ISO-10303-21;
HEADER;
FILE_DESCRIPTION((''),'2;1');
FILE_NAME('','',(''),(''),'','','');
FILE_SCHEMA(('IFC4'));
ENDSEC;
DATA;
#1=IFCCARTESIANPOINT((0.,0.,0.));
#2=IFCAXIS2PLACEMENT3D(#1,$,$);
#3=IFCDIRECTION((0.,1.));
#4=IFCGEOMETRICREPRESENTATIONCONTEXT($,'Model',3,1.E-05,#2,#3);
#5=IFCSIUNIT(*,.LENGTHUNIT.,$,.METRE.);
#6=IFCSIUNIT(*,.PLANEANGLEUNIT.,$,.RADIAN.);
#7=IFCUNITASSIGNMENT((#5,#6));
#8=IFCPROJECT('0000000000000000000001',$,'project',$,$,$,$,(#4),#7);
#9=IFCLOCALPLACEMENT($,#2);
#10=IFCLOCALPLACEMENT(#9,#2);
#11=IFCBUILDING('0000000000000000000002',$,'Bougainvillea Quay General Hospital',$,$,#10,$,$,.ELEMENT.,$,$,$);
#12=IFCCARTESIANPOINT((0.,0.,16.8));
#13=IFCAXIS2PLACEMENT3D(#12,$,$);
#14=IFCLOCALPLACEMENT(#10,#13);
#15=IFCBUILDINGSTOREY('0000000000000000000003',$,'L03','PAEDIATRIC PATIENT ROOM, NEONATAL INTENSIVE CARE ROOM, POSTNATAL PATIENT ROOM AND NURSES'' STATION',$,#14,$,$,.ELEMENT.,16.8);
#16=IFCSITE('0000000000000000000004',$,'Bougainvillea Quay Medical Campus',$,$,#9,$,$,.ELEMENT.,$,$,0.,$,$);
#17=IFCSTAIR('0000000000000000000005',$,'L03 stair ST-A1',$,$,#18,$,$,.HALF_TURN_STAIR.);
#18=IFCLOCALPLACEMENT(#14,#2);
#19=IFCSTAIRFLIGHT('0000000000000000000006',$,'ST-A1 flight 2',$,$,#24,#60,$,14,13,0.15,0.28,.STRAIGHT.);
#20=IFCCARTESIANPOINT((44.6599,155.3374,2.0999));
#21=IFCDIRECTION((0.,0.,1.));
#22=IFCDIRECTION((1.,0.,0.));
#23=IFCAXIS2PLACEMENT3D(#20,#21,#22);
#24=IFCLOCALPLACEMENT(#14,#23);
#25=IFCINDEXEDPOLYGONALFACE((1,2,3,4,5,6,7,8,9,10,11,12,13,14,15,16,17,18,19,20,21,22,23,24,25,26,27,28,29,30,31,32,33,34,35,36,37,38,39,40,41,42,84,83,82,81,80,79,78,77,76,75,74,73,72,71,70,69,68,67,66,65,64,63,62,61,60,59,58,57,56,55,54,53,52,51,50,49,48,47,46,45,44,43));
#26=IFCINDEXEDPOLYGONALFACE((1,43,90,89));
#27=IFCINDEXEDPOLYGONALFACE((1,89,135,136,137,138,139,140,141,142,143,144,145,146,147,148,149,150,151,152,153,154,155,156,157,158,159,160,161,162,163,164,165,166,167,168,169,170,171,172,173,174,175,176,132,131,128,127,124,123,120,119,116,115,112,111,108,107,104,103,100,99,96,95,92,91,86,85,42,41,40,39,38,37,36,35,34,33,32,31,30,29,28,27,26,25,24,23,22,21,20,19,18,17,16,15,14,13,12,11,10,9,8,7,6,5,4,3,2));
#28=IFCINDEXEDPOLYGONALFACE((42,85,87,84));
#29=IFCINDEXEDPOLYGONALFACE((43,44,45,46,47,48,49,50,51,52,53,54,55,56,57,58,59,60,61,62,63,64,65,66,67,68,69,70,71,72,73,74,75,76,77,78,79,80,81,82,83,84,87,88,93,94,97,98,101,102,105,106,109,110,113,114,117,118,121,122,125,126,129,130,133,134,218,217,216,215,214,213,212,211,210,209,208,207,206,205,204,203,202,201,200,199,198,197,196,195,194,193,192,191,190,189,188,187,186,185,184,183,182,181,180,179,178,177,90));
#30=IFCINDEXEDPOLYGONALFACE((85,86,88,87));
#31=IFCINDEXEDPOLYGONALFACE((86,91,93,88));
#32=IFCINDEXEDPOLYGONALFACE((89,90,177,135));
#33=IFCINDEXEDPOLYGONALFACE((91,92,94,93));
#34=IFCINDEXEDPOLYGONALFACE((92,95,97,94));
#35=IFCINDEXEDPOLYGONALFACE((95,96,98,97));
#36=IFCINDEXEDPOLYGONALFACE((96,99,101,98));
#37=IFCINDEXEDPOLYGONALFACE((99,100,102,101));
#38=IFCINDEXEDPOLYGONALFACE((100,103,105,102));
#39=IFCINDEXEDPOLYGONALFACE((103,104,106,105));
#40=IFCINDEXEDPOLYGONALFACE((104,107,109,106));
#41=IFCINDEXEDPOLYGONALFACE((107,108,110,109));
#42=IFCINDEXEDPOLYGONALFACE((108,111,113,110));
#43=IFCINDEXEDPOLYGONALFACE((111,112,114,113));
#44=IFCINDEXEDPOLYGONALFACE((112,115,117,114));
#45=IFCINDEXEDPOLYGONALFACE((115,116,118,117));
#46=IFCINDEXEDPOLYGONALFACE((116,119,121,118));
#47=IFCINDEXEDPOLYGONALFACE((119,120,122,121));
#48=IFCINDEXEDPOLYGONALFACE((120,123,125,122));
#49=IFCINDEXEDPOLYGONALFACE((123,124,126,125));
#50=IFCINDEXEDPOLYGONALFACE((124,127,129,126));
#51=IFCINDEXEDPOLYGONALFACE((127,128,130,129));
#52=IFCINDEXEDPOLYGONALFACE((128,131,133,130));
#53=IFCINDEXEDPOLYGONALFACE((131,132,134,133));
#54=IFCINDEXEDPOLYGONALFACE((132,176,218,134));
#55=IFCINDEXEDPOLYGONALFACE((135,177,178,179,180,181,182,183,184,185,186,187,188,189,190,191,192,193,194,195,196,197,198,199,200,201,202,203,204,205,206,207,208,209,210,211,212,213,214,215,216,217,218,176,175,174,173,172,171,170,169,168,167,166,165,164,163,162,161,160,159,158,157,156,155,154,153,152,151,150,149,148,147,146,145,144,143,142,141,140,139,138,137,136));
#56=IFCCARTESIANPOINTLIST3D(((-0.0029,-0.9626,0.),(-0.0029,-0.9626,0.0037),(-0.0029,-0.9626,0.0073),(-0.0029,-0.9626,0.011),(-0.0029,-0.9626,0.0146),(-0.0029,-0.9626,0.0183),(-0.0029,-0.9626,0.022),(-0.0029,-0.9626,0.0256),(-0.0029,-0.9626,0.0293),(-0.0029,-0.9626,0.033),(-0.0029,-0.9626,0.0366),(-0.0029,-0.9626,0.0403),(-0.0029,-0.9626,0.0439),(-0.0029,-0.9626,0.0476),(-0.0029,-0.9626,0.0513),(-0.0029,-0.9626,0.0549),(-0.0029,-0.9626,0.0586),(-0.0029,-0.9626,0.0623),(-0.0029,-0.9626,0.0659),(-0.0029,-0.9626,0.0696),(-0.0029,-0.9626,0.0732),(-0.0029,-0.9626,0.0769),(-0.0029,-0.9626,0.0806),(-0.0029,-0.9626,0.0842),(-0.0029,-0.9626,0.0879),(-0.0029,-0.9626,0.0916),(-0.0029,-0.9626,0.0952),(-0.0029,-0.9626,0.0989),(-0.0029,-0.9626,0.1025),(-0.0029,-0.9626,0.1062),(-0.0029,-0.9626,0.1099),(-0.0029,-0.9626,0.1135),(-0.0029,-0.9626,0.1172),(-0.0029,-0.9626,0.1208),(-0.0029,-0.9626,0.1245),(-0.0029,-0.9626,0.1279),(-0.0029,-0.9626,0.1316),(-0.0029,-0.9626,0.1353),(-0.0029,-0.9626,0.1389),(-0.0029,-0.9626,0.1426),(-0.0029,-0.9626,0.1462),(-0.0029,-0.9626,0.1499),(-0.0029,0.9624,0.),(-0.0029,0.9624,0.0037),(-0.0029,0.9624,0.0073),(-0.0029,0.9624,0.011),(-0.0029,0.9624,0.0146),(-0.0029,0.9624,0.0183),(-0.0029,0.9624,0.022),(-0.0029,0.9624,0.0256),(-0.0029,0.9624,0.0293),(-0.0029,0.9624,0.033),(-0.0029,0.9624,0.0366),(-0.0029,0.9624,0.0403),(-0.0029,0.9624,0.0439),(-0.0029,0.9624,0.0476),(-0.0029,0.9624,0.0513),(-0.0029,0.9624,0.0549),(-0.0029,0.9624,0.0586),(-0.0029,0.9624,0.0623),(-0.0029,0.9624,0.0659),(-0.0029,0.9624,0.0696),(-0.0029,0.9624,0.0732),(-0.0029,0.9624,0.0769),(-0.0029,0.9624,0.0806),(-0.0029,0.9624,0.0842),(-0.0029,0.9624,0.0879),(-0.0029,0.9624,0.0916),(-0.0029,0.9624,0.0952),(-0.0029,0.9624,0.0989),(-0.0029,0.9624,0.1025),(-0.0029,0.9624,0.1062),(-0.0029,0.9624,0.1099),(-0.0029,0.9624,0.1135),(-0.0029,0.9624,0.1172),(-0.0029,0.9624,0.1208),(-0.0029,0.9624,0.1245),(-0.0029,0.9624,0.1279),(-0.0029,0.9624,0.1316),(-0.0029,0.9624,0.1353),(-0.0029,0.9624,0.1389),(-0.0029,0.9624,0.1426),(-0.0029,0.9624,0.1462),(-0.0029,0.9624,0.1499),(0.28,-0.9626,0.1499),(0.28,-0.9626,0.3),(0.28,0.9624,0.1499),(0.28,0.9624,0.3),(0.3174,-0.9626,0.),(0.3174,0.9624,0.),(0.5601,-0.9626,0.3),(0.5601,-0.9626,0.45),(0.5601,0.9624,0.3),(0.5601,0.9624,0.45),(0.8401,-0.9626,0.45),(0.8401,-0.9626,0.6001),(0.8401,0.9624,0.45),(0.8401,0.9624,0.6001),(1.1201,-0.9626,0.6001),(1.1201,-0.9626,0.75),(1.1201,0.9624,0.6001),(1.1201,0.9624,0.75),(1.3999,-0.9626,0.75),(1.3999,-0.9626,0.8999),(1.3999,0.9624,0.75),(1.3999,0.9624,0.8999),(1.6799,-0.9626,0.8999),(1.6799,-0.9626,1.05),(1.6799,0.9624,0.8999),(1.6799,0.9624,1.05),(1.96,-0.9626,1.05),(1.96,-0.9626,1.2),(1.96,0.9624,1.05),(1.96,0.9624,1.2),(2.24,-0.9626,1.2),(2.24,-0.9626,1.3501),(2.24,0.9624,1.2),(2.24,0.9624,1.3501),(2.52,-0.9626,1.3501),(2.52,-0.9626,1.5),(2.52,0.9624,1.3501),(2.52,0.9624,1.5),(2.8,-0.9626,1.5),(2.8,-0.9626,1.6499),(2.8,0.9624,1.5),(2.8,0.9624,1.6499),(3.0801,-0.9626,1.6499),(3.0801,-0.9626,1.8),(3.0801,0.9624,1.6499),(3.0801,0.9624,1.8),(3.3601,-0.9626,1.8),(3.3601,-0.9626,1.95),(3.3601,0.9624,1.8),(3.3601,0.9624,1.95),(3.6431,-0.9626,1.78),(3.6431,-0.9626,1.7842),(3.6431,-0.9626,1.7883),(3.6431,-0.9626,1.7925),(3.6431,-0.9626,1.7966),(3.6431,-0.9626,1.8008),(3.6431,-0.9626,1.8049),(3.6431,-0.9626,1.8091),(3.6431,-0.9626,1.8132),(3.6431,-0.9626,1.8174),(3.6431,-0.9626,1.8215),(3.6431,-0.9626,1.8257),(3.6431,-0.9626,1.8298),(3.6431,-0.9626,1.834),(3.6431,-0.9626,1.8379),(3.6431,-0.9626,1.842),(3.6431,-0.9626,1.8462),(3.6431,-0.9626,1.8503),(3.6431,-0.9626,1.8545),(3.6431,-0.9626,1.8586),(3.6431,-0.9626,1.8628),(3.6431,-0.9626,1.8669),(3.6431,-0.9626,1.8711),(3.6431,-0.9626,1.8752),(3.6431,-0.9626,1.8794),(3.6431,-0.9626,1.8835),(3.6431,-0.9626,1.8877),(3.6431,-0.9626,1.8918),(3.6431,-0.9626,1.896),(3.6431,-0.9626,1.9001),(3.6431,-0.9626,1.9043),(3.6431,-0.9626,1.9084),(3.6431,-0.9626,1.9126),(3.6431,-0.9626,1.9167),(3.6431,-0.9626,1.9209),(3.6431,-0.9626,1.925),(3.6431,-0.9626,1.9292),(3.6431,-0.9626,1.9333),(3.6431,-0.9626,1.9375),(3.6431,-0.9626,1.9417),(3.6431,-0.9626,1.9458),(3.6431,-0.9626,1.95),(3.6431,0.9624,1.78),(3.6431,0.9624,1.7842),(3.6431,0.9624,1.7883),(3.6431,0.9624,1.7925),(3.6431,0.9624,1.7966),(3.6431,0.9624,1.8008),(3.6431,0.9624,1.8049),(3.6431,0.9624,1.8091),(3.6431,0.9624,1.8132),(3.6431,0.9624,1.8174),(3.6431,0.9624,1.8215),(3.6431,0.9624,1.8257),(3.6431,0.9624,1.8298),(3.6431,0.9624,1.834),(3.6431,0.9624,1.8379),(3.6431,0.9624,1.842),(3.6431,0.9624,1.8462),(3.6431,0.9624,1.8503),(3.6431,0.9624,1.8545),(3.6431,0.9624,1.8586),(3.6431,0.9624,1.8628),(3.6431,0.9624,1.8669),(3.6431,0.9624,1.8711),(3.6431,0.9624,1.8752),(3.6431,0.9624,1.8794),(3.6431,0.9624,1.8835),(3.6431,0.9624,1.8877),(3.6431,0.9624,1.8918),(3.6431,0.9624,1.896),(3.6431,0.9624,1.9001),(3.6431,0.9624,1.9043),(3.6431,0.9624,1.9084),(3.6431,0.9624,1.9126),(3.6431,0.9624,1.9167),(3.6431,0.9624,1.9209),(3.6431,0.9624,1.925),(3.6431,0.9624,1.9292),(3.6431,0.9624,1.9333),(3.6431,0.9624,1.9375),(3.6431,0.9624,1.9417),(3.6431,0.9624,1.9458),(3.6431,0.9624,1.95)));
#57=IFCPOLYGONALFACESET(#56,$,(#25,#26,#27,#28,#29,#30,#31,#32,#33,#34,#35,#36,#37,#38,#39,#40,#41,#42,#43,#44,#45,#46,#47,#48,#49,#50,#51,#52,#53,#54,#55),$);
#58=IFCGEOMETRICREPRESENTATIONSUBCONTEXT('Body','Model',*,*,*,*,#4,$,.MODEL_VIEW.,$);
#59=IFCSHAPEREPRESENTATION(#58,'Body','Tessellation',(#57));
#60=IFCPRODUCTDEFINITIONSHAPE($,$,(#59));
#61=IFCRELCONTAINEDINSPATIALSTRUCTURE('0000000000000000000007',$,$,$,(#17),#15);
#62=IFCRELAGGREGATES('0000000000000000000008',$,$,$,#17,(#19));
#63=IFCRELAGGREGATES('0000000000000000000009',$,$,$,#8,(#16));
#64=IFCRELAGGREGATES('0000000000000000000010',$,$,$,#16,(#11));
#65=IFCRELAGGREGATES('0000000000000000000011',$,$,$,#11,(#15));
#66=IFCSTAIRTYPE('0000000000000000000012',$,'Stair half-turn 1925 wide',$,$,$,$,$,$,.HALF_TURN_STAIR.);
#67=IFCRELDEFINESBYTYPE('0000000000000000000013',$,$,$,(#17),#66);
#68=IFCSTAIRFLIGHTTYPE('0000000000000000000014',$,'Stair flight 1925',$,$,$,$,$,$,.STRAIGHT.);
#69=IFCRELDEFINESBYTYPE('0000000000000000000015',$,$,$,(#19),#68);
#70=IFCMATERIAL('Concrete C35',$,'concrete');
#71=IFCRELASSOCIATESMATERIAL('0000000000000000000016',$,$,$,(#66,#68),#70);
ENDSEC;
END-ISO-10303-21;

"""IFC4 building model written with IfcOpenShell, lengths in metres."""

from ifc_helpers import new_model, si_unit, direction, frame, origin, place, context, subcontext, project, spatial, polyline, outline, extrude, material, type_object, element, aggregate, save


model = new_model("IFC4")

# Units and contexts
model_context = context("Model", 3, precision=1e-05, world=origin(), true_north=direction((0.0, 1.0)))
body_context = subcontext(model_context, "Body", "Model", "MODEL_VIEW")
ifc_project = project(units=[si_unit("LENGTHUNIT", "METRE"), si_unit("PLANEANGLEUNIT", "RADIAN")], contexts=[model_context])

# Site, building, storey
site_placement = place(None, origin())
site = spatial("IfcSite", under=ifc_project, at=site_placement, Name="Bougainvillea Quay Medical Campus", CompositionType="ELEMENT", RefElevation=0.0)
building_placement = place(site_placement, origin())
building = spatial("IfcBuilding", under=site, at=building_placement, Name="Bougainvillea Quay General Hospital", CompositionType="ELEMENT")
storey_placement = place(building_placement, frame((0.0, 0.0, 16.8)))
storey = spatial("IfcBuildingStorey", under=building, at=storey_placement, Name="L03", Description="PAEDIATRIC PATIENT ROOM, NEONATAL INTENSIVE CARE ROOM, POSTNATAL PATIENT ROOM AND NURSES' STATION", CompositionType="ELEMENT", Elevation=16.8)

# Stair, stair flight
ifc_material_1 = material(Name="Concrete C35", Category="concrete")
stair_type = type_object("IfcStairType", Name="Stair half-turn 1925 wide", PredefinedType="HALF_TURN_STAIR", material=ifc_material_1)
stair_placement = place(storey_placement, origin())
stair = element("IfcStair", 1, at=stair_placement, inside=storey, type_object=stair_type, Name="L03 stair ST-A1", PredefinedType="HALF_TURN_STAIR")
stair_flight_type = type_object("IfcStairFlightType", Name="Stair flight 1925", PredefinedType="STRAIGHT", material=ifc_material_1)
stair_flight_1_placement = place(storey_placement, frame((44.6599, 155.3374, 2.0999), z_axis=(0.0, 0.0, 1.0), x_axis=(1.0, 0.0, 0.0)))
stair_flight_1 = element("IfcStairFlight", 2, at=stair_flight_1_placement, type_object=stair_flight_type, Name="ST-A1 flight 2", NumberOfRisers=14, NumberOfTreads=13, PredefinedType="STRAIGHT", RiserHeight=0.15, TreadLength=0.28, context=body_context, shape_type="SweptSolid", body=[
    extrude(outline(polyline([(-0.0029, 0.0), (-0.0029, 0.0037), (-0.0029, 0.0073), (-0.0029, 0.011), (-0.0029, 0.0146), (-0.0029, 0.0183), (-0.0029, 0.022), (-0.0029, 0.0256), (-0.0029, 0.0293), (-0.0029, 0.033), (-0.0029, 0.0366), (-0.0029, 0.0403), (-0.0029, 0.0439), (-0.0029, 0.0476), (-0.0029, 0.0513), (-0.0029, 0.0549), (-0.0029, 0.0586), (-0.0029, 0.0623), (-0.0029, 0.0659), (-0.0029, 0.0696), (-0.0029, 0.0732), (-0.0029, 0.0769), (-0.0029, 0.0806), (-0.0029, 0.0842), (-0.0029, 0.0879), (-0.0029, 0.0916), (-0.0029, 0.0952), (-0.0029, 0.0989), (-0.0029, 0.1025), (-0.0029, 0.1062), (-0.0029, 0.1099), (-0.0029, 0.1135), (-0.0029, 0.1172), (-0.0029, 0.1208), (-0.0029, 0.1245), (-0.0029, 0.1279), (-0.0029, 0.1316), (-0.0029, 0.1353), (-0.0029, 0.1389), (-0.0029, 0.1426), (-0.0029, 0.1462), (-0.0029, 0.1499), (0.28, 0.1499), (0.28, 0.3), (0.5601, 0.3), (0.5601, 0.45), (0.8401, 0.45), (0.8401, 0.6001), (1.1201, 0.6001), (1.1201, 0.75), (1.3999, 0.75), (1.3999, 0.8999), (1.6799, 0.8999), (1.6799, 1.05), (1.96, 1.05), (1.96, 1.2), (2.24, 1.2), (2.24, 1.3501), (2.52, 1.3501), (2.52, 1.5), (2.8, 1.5), (2.8, 1.6499), (3.0801, 1.6499), (3.0801, 1.8), (3.3601, 1.8), (3.3601, 1.95), (3.6431, 1.95), (3.6431, 1.9458), (3.6431, 1.9417), (3.6431, 1.9375), (3.6431, 1.9333), (3.6431, 1.9292), (3.6431, 1.925), (3.6431, 1.9209), (3.6431, 1.9167), (3.6431, 1.9126), (3.6431, 1.9084), (3.6431, 1.9043), (3.6431, 1.9001), (3.6431, 1.896), (3.6431, 1.8918), (3.6431, 1.8877), (3.6431, 1.8835), (3.6431, 1.8794), (3.6431, 1.8752), (3.6431, 1.8711), (3.6431, 1.8669), (3.6431, 1.8628), (3.6431, 1.8586), (3.6431, 1.8545), (3.6431, 1.8503), (3.6431, 1.8462), (3.6431, 1.842), (3.6431, 1.8379), (3.6431, 1.834), (3.6431, 1.8298), (3.6431, 1.8257), (3.6431, 1.8215), (3.6431, 1.8174), (3.6431, 1.8132), (3.6431, 1.8091), (3.6431, 1.8049), (3.6431, 1.8008), (3.6431, 1.7966), (3.6431, 1.7925), (3.6431, 1.7883), (3.6431, 1.7842), (3.6431, 1.78), (0.3174, 0.0), (-0.0029, 0.0)])), frame((0.0, 0.9624, 0.0), z_axis=(0.0, -1.0, 0.0), x_axis=(1.0, 0.0, 0.0)), (0.0, 0.0, 1.0), 1.925),
])
aggregate(stair, [stair_flight_1])

save(model, "model.ifc")
